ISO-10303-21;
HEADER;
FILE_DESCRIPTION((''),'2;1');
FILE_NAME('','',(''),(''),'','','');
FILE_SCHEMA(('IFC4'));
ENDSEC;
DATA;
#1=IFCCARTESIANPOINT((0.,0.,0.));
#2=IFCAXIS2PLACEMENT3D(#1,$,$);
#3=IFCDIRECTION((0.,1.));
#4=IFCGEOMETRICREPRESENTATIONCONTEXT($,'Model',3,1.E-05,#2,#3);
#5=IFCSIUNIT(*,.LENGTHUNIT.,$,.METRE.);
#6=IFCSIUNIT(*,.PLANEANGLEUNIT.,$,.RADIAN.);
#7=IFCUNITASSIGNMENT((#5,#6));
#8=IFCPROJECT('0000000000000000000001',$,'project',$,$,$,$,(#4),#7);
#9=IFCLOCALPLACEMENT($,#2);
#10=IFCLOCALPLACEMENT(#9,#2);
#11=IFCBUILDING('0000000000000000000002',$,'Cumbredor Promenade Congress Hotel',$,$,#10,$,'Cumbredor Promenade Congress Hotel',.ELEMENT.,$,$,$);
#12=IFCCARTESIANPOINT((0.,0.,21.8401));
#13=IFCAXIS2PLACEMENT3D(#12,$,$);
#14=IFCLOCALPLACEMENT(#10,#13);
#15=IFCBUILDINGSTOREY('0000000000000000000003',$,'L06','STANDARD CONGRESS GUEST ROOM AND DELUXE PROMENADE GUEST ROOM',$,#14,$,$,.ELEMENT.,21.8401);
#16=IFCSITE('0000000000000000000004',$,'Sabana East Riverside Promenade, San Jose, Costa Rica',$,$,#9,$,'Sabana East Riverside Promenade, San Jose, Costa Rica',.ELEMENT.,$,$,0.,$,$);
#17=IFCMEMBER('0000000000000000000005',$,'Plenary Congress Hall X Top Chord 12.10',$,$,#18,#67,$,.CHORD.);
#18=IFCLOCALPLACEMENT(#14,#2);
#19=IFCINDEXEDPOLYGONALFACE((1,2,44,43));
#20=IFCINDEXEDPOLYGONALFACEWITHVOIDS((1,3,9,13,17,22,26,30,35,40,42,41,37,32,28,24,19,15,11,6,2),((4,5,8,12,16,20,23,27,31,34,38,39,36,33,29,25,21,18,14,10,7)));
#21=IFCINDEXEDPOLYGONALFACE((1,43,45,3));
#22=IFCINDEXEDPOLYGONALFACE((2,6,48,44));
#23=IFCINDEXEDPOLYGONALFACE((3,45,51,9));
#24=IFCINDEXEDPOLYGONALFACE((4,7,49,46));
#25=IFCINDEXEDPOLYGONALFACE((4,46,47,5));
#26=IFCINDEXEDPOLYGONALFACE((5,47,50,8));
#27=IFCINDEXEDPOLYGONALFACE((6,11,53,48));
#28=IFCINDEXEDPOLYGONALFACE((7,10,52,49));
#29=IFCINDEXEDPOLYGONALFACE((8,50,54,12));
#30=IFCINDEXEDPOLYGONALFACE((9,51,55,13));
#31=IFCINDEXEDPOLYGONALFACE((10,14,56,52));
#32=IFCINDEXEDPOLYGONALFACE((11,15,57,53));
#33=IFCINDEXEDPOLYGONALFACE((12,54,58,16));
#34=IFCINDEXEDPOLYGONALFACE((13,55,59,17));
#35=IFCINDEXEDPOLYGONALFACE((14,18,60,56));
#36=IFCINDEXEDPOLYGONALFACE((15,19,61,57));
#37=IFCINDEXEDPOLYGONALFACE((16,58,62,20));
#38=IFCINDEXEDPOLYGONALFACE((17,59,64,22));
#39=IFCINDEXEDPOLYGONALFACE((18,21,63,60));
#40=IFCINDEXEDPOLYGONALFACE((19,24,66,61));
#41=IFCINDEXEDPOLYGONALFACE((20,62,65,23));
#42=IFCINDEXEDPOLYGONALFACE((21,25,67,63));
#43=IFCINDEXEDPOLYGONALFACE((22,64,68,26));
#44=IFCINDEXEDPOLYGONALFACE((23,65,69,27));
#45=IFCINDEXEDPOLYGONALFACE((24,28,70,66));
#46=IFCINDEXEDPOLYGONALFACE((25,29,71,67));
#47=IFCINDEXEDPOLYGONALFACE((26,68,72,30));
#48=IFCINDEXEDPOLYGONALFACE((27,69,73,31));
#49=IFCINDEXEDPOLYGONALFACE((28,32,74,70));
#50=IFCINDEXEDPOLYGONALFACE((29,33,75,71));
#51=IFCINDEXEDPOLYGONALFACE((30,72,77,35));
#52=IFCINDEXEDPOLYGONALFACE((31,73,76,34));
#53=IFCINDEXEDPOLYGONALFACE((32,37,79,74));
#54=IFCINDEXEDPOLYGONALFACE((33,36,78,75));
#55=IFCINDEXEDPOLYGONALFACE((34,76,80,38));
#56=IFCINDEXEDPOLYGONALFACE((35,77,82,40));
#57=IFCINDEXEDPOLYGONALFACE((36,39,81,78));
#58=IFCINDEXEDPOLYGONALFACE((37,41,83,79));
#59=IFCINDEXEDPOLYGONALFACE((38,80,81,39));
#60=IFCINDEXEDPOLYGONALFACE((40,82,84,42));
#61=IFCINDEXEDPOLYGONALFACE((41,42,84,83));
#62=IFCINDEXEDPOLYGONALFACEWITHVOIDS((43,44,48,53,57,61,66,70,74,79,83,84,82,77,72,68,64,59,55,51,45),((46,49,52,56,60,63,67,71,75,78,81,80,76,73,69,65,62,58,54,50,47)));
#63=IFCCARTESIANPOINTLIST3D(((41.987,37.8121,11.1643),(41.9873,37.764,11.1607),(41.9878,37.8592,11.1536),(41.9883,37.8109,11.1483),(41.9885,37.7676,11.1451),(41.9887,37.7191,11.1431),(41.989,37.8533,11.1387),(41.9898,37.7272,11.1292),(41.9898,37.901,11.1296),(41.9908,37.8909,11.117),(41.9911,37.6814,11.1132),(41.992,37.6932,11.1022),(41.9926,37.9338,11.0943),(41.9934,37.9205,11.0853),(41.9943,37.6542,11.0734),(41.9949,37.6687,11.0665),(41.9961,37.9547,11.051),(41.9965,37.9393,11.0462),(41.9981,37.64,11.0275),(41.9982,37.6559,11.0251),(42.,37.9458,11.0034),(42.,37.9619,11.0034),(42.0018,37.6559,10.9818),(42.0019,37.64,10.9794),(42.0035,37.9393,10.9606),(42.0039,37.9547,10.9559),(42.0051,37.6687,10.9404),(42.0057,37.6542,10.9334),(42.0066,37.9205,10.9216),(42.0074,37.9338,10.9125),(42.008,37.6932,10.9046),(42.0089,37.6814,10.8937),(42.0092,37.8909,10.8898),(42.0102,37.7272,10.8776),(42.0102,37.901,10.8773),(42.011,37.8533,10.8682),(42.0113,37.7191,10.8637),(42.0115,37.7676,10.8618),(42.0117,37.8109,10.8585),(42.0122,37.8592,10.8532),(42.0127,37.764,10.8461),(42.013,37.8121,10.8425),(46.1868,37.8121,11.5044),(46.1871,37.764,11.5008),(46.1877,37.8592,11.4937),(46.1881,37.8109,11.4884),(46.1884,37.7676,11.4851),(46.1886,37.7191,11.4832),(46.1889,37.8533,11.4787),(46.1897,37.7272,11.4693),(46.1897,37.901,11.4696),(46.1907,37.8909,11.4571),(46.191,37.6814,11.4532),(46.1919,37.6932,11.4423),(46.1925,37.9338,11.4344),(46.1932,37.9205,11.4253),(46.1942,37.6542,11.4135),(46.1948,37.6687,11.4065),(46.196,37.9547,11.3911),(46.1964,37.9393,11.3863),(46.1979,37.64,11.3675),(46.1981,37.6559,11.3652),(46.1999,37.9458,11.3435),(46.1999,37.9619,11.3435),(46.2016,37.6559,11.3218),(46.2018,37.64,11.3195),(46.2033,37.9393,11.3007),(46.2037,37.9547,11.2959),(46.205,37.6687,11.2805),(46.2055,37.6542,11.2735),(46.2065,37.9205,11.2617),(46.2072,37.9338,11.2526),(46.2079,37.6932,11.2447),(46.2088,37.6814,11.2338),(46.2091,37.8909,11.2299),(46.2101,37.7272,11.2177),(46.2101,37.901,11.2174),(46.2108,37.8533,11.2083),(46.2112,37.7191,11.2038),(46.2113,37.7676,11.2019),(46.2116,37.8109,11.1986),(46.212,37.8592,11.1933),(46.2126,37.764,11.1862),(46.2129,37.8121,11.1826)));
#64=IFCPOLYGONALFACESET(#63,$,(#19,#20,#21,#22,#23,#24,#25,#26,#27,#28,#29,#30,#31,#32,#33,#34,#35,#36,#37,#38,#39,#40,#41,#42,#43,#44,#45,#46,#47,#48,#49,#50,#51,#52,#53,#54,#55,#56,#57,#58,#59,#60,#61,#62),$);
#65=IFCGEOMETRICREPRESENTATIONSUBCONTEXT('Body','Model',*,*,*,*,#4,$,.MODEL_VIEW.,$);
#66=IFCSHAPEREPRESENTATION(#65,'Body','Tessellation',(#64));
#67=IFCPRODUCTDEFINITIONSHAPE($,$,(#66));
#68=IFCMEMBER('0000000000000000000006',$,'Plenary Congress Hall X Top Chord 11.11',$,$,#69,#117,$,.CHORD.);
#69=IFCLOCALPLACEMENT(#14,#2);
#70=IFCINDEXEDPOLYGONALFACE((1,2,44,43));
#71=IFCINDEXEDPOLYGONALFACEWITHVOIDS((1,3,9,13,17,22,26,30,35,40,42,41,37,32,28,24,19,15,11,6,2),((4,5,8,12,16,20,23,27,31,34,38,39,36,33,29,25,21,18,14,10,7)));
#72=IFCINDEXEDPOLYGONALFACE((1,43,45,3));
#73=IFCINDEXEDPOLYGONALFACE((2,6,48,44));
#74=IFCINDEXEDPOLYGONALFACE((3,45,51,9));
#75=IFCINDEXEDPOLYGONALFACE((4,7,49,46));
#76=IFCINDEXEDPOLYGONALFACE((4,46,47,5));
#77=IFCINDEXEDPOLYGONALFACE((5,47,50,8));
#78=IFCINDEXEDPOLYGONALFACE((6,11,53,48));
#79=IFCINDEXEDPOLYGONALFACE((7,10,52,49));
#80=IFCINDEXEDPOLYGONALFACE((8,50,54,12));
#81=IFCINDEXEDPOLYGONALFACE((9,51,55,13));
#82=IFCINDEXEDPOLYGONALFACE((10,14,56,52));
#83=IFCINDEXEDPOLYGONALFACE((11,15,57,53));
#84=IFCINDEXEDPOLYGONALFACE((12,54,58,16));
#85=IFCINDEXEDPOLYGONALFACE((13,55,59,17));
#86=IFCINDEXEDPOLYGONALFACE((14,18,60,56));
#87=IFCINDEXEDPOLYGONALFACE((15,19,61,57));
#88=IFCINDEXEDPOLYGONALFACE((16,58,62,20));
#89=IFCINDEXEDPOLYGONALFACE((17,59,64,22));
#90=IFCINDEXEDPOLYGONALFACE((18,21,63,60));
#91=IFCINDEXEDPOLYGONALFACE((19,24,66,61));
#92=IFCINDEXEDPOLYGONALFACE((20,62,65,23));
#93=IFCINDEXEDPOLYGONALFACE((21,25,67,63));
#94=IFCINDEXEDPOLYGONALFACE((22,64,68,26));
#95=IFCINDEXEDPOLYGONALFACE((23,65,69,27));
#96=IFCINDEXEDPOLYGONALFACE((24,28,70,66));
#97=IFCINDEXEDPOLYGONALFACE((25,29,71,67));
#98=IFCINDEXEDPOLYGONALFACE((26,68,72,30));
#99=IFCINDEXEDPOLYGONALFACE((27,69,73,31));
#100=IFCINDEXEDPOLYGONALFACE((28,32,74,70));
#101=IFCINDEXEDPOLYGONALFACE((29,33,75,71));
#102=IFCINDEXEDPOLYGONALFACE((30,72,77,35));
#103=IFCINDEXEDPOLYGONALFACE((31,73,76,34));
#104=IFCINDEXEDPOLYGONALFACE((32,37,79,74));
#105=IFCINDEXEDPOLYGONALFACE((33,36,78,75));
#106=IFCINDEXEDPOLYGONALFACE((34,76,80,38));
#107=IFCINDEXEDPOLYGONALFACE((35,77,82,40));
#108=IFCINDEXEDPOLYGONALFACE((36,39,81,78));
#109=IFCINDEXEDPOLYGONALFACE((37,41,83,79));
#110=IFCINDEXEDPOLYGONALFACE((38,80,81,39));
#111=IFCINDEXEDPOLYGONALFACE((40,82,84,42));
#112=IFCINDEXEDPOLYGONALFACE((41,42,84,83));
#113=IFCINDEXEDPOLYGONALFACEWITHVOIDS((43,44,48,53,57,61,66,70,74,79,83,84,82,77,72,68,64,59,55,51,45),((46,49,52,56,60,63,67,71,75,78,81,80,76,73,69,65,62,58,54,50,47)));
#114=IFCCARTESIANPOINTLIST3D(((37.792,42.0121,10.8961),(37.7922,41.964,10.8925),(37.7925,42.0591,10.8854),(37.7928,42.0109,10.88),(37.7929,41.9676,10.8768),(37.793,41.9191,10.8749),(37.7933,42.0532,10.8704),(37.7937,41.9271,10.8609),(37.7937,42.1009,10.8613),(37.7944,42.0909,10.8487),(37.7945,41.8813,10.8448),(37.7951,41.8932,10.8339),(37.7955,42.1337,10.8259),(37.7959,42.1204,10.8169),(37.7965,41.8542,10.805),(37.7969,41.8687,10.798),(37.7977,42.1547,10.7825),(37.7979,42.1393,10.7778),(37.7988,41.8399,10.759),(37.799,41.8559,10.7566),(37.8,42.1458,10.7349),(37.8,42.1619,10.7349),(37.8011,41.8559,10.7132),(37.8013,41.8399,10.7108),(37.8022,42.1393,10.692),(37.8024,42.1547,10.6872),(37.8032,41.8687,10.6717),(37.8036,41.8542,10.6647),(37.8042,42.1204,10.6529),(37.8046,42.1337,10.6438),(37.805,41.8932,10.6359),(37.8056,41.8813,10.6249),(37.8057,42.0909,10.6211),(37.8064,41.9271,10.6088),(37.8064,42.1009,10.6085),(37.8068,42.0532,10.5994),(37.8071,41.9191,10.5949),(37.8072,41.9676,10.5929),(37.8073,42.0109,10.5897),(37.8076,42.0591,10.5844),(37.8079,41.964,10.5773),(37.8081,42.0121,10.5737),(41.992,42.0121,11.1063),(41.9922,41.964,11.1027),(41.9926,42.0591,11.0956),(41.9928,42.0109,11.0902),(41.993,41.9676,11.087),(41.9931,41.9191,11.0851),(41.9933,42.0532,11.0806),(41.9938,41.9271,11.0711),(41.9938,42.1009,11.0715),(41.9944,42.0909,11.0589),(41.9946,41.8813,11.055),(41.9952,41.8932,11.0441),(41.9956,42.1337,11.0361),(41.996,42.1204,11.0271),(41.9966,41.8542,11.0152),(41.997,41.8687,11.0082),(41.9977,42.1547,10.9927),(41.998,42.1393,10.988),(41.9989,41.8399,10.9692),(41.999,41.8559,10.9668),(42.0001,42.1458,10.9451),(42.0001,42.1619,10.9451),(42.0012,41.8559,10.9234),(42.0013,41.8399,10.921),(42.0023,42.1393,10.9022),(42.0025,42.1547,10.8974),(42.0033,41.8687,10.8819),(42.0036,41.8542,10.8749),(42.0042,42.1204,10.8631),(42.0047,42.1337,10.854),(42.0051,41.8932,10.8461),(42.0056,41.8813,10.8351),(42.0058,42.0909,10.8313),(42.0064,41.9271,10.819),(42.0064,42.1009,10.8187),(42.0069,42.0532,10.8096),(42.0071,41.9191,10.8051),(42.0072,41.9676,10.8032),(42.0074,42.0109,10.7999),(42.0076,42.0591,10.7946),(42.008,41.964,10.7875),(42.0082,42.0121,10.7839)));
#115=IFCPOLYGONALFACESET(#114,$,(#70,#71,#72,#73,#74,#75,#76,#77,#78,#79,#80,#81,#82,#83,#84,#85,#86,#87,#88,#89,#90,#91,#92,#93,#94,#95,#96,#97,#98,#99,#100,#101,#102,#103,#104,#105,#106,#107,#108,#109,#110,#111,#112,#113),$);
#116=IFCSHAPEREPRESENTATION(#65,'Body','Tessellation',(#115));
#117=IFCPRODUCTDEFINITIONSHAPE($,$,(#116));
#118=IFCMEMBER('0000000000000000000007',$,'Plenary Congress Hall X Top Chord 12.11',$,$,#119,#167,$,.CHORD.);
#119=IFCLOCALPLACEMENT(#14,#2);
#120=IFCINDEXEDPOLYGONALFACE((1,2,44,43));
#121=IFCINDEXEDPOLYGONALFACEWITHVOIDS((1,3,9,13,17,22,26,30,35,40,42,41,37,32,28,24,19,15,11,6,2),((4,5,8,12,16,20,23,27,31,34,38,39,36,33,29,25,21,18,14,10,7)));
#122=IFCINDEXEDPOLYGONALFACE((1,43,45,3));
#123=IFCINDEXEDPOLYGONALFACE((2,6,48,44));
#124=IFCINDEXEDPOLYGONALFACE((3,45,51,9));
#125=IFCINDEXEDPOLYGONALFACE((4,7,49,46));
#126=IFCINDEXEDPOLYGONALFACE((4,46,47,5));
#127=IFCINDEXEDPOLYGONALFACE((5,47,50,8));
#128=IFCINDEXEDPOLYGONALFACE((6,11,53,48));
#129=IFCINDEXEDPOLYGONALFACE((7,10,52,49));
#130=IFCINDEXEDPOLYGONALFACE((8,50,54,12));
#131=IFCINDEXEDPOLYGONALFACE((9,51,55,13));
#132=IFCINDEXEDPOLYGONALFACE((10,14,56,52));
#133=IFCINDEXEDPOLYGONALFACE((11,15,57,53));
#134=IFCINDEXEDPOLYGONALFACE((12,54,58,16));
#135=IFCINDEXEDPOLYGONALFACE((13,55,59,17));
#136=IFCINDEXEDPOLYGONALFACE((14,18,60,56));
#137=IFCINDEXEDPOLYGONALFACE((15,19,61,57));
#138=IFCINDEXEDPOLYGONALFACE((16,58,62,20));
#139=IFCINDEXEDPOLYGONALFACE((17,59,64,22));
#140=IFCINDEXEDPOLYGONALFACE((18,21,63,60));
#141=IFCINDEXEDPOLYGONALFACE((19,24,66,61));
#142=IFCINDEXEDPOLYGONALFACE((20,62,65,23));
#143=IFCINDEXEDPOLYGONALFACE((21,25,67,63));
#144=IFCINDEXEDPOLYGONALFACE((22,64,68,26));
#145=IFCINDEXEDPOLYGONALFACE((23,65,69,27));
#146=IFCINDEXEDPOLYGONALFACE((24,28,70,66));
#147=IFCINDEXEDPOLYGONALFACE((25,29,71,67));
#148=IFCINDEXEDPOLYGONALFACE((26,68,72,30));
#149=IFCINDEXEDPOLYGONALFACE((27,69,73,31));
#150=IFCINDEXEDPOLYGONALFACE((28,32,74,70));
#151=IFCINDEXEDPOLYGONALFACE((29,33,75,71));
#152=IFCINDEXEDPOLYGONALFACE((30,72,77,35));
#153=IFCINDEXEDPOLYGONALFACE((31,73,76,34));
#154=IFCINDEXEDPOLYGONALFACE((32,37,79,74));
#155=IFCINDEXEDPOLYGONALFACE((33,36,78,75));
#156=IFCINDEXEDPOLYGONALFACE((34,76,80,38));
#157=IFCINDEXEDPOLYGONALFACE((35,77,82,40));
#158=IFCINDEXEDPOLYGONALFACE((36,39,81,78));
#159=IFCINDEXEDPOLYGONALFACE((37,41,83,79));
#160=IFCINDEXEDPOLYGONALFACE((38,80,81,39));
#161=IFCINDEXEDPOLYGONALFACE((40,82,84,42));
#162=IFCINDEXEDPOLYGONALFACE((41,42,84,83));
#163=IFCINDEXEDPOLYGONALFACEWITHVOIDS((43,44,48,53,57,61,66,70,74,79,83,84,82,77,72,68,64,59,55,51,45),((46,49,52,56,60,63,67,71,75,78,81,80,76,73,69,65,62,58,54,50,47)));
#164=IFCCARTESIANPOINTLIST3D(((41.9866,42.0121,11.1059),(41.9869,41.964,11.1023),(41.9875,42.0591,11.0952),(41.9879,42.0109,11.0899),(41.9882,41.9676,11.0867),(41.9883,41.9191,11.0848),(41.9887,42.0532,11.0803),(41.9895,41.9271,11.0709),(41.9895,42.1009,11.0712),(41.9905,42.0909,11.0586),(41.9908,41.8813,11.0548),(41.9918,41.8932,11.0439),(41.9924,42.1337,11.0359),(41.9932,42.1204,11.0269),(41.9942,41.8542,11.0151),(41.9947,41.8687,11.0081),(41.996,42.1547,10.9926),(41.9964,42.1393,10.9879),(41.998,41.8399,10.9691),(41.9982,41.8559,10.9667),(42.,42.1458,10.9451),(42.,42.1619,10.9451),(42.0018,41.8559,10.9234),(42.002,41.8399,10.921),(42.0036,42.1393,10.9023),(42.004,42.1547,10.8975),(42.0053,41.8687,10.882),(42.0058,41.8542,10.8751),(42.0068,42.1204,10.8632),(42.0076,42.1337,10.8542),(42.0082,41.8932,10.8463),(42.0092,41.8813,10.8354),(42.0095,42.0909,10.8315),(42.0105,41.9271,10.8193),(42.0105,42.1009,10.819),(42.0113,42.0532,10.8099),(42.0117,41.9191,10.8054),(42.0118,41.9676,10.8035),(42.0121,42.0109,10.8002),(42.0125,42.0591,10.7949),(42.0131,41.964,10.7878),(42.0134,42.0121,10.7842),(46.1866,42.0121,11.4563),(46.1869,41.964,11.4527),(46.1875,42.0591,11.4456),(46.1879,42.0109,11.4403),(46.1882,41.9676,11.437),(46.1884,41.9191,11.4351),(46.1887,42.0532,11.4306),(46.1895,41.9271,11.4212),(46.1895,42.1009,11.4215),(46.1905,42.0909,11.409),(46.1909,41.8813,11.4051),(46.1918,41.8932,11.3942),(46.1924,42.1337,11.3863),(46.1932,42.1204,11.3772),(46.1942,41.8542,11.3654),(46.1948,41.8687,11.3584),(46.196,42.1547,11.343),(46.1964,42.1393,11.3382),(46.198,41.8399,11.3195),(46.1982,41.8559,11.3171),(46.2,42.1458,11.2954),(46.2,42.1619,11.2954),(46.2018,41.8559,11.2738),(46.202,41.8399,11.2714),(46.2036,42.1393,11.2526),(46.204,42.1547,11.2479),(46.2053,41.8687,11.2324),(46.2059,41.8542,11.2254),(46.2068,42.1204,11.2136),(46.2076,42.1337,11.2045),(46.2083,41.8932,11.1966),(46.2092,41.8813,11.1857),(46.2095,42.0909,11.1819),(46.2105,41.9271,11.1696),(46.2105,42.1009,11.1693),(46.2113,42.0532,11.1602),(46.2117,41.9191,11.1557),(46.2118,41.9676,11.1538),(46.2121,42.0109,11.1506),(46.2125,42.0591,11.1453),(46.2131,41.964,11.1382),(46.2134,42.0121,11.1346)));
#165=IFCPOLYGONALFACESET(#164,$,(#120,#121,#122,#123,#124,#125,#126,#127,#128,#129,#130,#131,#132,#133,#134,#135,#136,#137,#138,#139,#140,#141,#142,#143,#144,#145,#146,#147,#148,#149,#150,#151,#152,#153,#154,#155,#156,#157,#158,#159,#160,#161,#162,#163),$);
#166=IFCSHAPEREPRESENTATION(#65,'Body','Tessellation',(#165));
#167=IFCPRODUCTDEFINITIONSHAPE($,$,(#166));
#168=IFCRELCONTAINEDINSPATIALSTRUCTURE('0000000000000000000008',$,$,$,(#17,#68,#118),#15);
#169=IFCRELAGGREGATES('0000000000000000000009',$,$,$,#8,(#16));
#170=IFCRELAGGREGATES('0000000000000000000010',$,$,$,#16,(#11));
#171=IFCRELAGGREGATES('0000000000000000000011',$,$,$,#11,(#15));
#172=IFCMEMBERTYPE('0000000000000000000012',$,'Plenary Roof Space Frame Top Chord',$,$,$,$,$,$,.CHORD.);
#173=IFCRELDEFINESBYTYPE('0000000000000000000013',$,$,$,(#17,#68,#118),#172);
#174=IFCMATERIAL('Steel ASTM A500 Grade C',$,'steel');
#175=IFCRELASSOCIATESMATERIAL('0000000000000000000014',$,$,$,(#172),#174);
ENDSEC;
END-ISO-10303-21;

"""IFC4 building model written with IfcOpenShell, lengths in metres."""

from ifc_helpers import new_model, si_unit, direction, frame, origin, origin_2d, place, context, subcontext, project, spatial, hollow_circle, extrude, material, material_profile, profile_set, type_object, element, save


model = new_model("IFC4")

# Units and contexts
model_context = context("Model", 3, precision=1e-05, world=origin(), true_north=direction((0.0, 1.0)))
body_context = subcontext(model_context, "Body", "Model", "MODEL_VIEW")
ifc_project = project(units=[si_unit("LENGTHUNIT", "METRE"), si_unit("PLANEANGLEUNIT", "RADIAN")], contexts=[model_context])

# Site, building, storey
site_placement = place(None, origin())
site = spatial("IfcSite", under=ifc_project, at=site_placement, Name="Sabana East Riverside Promenade, San Jose, Costa Rica", LongName="Sabana East Riverside Promenade, San Jose, Costa Rica", CompositionType="ELEMENT", RefElevation=0.0)
building_placement = place(site_placement, origin())
building = spatial("IfcBuilding", under=site, at=building_placement, Name="Cumbredor Promenade Congress Hotel", LongName="Cumbredor Promenade Congress Hotel", CompositionType="ELEMENT")
storey_placement = place(building_placement, frame((0.0, 0.0, 21.8401)))
storey = spatial("IfcBuildingStorey", under=building, at=storey_placement, Name="L06", Description="STANDARD CONGRESS GUEST ROOM AND DELUXE PROMENADE GUEST ROOM", CompositionType="ELEMENT", Elevation=21.8401)

# Members
ifc_material_1 = material(Name="Steel ASTM A500 Grade C", Category="steel")
ifc_material_profile_1 = material_profile(ifc_material_1, hollow_circle(Radius=0.1619, WallThickness=0.0161, at=origin_2d()), Name="CHS 323.9x16")
ifc_profile_set_1 = profile_set([ifc_material_profile_1], Name="Steel ASTM A500 Grade C")
member_type_1 = type_object("IfcMemberType", Name="Plenary Roof Space Frame Top Chord", PredefinedType="CHORD", material=ifc_profile_set_1)
for number, where, z_axis, x_axis, name in (
    (1, (42.0, 37.8, 11.0034), (0.996738, 0.0, 0.08071), (0.0, 1.0, 0.0), "Plenary Congress Hall X Top Chord 12.10"),
):
    element("IfcMember", number, at=place(storey_placement, frame(where, z_axis=z_axis, x_axis=x_axis)), inside=storey, type_object=member_type_1, Name=name, PredefinedType="CHORD", context=body_context, shape_type="SweptSolid", body=[
        extrude(hollow_circle(Radius=0.1619, WallThickness=0.0161, at=origin_2d()), origin(), (0.0, 0.0, 1.0), 4.2136),
    ])
member_1_placement = place(storey_placement, frame((37.8, 42.0, 10.7349), z_axis=(0.99875, 0.0, 0.049987), x_axis=(0.0, 1.0, 0.0)))
element("IfcMember", 2, at=member_1_placement, inside=storey, type_object=member_type_1, Name="Plenary Congress Hall X Top Chord 11.11", PredefinedType="CHORD", context=body_context, shape_type="SweptSolid", body=[
    extrude(hollow_circle(Radius=0.1619, WallThickness=0.0161, at=origin_2d()), origin(), (0.0, 0.0, 1.0), 4.2053),
])
member_2_placement = place(storey_placement, frame((42.0, 42.0, 10.9451), z_axis=(0.996539, 0.0, 0.083127), x_axis=(0.0, 1.0, 0.0)))
element("IfcMember", 3, at=member_2_placement, inside=storey, type_object=member_type_1, Name="Plenary Congress Hall X Top Chord 12.11", PredefinedType="CHORD", context=body_context, shape_type="SweptSolid", body=[
    extrude(hollow_circle(Radius=0.1619, WallThickness=0.0161, at=origin_2d()), origin(), (0.0, 0.0, 1.0), 4.2146),
])

save(model, "model.ifc")
